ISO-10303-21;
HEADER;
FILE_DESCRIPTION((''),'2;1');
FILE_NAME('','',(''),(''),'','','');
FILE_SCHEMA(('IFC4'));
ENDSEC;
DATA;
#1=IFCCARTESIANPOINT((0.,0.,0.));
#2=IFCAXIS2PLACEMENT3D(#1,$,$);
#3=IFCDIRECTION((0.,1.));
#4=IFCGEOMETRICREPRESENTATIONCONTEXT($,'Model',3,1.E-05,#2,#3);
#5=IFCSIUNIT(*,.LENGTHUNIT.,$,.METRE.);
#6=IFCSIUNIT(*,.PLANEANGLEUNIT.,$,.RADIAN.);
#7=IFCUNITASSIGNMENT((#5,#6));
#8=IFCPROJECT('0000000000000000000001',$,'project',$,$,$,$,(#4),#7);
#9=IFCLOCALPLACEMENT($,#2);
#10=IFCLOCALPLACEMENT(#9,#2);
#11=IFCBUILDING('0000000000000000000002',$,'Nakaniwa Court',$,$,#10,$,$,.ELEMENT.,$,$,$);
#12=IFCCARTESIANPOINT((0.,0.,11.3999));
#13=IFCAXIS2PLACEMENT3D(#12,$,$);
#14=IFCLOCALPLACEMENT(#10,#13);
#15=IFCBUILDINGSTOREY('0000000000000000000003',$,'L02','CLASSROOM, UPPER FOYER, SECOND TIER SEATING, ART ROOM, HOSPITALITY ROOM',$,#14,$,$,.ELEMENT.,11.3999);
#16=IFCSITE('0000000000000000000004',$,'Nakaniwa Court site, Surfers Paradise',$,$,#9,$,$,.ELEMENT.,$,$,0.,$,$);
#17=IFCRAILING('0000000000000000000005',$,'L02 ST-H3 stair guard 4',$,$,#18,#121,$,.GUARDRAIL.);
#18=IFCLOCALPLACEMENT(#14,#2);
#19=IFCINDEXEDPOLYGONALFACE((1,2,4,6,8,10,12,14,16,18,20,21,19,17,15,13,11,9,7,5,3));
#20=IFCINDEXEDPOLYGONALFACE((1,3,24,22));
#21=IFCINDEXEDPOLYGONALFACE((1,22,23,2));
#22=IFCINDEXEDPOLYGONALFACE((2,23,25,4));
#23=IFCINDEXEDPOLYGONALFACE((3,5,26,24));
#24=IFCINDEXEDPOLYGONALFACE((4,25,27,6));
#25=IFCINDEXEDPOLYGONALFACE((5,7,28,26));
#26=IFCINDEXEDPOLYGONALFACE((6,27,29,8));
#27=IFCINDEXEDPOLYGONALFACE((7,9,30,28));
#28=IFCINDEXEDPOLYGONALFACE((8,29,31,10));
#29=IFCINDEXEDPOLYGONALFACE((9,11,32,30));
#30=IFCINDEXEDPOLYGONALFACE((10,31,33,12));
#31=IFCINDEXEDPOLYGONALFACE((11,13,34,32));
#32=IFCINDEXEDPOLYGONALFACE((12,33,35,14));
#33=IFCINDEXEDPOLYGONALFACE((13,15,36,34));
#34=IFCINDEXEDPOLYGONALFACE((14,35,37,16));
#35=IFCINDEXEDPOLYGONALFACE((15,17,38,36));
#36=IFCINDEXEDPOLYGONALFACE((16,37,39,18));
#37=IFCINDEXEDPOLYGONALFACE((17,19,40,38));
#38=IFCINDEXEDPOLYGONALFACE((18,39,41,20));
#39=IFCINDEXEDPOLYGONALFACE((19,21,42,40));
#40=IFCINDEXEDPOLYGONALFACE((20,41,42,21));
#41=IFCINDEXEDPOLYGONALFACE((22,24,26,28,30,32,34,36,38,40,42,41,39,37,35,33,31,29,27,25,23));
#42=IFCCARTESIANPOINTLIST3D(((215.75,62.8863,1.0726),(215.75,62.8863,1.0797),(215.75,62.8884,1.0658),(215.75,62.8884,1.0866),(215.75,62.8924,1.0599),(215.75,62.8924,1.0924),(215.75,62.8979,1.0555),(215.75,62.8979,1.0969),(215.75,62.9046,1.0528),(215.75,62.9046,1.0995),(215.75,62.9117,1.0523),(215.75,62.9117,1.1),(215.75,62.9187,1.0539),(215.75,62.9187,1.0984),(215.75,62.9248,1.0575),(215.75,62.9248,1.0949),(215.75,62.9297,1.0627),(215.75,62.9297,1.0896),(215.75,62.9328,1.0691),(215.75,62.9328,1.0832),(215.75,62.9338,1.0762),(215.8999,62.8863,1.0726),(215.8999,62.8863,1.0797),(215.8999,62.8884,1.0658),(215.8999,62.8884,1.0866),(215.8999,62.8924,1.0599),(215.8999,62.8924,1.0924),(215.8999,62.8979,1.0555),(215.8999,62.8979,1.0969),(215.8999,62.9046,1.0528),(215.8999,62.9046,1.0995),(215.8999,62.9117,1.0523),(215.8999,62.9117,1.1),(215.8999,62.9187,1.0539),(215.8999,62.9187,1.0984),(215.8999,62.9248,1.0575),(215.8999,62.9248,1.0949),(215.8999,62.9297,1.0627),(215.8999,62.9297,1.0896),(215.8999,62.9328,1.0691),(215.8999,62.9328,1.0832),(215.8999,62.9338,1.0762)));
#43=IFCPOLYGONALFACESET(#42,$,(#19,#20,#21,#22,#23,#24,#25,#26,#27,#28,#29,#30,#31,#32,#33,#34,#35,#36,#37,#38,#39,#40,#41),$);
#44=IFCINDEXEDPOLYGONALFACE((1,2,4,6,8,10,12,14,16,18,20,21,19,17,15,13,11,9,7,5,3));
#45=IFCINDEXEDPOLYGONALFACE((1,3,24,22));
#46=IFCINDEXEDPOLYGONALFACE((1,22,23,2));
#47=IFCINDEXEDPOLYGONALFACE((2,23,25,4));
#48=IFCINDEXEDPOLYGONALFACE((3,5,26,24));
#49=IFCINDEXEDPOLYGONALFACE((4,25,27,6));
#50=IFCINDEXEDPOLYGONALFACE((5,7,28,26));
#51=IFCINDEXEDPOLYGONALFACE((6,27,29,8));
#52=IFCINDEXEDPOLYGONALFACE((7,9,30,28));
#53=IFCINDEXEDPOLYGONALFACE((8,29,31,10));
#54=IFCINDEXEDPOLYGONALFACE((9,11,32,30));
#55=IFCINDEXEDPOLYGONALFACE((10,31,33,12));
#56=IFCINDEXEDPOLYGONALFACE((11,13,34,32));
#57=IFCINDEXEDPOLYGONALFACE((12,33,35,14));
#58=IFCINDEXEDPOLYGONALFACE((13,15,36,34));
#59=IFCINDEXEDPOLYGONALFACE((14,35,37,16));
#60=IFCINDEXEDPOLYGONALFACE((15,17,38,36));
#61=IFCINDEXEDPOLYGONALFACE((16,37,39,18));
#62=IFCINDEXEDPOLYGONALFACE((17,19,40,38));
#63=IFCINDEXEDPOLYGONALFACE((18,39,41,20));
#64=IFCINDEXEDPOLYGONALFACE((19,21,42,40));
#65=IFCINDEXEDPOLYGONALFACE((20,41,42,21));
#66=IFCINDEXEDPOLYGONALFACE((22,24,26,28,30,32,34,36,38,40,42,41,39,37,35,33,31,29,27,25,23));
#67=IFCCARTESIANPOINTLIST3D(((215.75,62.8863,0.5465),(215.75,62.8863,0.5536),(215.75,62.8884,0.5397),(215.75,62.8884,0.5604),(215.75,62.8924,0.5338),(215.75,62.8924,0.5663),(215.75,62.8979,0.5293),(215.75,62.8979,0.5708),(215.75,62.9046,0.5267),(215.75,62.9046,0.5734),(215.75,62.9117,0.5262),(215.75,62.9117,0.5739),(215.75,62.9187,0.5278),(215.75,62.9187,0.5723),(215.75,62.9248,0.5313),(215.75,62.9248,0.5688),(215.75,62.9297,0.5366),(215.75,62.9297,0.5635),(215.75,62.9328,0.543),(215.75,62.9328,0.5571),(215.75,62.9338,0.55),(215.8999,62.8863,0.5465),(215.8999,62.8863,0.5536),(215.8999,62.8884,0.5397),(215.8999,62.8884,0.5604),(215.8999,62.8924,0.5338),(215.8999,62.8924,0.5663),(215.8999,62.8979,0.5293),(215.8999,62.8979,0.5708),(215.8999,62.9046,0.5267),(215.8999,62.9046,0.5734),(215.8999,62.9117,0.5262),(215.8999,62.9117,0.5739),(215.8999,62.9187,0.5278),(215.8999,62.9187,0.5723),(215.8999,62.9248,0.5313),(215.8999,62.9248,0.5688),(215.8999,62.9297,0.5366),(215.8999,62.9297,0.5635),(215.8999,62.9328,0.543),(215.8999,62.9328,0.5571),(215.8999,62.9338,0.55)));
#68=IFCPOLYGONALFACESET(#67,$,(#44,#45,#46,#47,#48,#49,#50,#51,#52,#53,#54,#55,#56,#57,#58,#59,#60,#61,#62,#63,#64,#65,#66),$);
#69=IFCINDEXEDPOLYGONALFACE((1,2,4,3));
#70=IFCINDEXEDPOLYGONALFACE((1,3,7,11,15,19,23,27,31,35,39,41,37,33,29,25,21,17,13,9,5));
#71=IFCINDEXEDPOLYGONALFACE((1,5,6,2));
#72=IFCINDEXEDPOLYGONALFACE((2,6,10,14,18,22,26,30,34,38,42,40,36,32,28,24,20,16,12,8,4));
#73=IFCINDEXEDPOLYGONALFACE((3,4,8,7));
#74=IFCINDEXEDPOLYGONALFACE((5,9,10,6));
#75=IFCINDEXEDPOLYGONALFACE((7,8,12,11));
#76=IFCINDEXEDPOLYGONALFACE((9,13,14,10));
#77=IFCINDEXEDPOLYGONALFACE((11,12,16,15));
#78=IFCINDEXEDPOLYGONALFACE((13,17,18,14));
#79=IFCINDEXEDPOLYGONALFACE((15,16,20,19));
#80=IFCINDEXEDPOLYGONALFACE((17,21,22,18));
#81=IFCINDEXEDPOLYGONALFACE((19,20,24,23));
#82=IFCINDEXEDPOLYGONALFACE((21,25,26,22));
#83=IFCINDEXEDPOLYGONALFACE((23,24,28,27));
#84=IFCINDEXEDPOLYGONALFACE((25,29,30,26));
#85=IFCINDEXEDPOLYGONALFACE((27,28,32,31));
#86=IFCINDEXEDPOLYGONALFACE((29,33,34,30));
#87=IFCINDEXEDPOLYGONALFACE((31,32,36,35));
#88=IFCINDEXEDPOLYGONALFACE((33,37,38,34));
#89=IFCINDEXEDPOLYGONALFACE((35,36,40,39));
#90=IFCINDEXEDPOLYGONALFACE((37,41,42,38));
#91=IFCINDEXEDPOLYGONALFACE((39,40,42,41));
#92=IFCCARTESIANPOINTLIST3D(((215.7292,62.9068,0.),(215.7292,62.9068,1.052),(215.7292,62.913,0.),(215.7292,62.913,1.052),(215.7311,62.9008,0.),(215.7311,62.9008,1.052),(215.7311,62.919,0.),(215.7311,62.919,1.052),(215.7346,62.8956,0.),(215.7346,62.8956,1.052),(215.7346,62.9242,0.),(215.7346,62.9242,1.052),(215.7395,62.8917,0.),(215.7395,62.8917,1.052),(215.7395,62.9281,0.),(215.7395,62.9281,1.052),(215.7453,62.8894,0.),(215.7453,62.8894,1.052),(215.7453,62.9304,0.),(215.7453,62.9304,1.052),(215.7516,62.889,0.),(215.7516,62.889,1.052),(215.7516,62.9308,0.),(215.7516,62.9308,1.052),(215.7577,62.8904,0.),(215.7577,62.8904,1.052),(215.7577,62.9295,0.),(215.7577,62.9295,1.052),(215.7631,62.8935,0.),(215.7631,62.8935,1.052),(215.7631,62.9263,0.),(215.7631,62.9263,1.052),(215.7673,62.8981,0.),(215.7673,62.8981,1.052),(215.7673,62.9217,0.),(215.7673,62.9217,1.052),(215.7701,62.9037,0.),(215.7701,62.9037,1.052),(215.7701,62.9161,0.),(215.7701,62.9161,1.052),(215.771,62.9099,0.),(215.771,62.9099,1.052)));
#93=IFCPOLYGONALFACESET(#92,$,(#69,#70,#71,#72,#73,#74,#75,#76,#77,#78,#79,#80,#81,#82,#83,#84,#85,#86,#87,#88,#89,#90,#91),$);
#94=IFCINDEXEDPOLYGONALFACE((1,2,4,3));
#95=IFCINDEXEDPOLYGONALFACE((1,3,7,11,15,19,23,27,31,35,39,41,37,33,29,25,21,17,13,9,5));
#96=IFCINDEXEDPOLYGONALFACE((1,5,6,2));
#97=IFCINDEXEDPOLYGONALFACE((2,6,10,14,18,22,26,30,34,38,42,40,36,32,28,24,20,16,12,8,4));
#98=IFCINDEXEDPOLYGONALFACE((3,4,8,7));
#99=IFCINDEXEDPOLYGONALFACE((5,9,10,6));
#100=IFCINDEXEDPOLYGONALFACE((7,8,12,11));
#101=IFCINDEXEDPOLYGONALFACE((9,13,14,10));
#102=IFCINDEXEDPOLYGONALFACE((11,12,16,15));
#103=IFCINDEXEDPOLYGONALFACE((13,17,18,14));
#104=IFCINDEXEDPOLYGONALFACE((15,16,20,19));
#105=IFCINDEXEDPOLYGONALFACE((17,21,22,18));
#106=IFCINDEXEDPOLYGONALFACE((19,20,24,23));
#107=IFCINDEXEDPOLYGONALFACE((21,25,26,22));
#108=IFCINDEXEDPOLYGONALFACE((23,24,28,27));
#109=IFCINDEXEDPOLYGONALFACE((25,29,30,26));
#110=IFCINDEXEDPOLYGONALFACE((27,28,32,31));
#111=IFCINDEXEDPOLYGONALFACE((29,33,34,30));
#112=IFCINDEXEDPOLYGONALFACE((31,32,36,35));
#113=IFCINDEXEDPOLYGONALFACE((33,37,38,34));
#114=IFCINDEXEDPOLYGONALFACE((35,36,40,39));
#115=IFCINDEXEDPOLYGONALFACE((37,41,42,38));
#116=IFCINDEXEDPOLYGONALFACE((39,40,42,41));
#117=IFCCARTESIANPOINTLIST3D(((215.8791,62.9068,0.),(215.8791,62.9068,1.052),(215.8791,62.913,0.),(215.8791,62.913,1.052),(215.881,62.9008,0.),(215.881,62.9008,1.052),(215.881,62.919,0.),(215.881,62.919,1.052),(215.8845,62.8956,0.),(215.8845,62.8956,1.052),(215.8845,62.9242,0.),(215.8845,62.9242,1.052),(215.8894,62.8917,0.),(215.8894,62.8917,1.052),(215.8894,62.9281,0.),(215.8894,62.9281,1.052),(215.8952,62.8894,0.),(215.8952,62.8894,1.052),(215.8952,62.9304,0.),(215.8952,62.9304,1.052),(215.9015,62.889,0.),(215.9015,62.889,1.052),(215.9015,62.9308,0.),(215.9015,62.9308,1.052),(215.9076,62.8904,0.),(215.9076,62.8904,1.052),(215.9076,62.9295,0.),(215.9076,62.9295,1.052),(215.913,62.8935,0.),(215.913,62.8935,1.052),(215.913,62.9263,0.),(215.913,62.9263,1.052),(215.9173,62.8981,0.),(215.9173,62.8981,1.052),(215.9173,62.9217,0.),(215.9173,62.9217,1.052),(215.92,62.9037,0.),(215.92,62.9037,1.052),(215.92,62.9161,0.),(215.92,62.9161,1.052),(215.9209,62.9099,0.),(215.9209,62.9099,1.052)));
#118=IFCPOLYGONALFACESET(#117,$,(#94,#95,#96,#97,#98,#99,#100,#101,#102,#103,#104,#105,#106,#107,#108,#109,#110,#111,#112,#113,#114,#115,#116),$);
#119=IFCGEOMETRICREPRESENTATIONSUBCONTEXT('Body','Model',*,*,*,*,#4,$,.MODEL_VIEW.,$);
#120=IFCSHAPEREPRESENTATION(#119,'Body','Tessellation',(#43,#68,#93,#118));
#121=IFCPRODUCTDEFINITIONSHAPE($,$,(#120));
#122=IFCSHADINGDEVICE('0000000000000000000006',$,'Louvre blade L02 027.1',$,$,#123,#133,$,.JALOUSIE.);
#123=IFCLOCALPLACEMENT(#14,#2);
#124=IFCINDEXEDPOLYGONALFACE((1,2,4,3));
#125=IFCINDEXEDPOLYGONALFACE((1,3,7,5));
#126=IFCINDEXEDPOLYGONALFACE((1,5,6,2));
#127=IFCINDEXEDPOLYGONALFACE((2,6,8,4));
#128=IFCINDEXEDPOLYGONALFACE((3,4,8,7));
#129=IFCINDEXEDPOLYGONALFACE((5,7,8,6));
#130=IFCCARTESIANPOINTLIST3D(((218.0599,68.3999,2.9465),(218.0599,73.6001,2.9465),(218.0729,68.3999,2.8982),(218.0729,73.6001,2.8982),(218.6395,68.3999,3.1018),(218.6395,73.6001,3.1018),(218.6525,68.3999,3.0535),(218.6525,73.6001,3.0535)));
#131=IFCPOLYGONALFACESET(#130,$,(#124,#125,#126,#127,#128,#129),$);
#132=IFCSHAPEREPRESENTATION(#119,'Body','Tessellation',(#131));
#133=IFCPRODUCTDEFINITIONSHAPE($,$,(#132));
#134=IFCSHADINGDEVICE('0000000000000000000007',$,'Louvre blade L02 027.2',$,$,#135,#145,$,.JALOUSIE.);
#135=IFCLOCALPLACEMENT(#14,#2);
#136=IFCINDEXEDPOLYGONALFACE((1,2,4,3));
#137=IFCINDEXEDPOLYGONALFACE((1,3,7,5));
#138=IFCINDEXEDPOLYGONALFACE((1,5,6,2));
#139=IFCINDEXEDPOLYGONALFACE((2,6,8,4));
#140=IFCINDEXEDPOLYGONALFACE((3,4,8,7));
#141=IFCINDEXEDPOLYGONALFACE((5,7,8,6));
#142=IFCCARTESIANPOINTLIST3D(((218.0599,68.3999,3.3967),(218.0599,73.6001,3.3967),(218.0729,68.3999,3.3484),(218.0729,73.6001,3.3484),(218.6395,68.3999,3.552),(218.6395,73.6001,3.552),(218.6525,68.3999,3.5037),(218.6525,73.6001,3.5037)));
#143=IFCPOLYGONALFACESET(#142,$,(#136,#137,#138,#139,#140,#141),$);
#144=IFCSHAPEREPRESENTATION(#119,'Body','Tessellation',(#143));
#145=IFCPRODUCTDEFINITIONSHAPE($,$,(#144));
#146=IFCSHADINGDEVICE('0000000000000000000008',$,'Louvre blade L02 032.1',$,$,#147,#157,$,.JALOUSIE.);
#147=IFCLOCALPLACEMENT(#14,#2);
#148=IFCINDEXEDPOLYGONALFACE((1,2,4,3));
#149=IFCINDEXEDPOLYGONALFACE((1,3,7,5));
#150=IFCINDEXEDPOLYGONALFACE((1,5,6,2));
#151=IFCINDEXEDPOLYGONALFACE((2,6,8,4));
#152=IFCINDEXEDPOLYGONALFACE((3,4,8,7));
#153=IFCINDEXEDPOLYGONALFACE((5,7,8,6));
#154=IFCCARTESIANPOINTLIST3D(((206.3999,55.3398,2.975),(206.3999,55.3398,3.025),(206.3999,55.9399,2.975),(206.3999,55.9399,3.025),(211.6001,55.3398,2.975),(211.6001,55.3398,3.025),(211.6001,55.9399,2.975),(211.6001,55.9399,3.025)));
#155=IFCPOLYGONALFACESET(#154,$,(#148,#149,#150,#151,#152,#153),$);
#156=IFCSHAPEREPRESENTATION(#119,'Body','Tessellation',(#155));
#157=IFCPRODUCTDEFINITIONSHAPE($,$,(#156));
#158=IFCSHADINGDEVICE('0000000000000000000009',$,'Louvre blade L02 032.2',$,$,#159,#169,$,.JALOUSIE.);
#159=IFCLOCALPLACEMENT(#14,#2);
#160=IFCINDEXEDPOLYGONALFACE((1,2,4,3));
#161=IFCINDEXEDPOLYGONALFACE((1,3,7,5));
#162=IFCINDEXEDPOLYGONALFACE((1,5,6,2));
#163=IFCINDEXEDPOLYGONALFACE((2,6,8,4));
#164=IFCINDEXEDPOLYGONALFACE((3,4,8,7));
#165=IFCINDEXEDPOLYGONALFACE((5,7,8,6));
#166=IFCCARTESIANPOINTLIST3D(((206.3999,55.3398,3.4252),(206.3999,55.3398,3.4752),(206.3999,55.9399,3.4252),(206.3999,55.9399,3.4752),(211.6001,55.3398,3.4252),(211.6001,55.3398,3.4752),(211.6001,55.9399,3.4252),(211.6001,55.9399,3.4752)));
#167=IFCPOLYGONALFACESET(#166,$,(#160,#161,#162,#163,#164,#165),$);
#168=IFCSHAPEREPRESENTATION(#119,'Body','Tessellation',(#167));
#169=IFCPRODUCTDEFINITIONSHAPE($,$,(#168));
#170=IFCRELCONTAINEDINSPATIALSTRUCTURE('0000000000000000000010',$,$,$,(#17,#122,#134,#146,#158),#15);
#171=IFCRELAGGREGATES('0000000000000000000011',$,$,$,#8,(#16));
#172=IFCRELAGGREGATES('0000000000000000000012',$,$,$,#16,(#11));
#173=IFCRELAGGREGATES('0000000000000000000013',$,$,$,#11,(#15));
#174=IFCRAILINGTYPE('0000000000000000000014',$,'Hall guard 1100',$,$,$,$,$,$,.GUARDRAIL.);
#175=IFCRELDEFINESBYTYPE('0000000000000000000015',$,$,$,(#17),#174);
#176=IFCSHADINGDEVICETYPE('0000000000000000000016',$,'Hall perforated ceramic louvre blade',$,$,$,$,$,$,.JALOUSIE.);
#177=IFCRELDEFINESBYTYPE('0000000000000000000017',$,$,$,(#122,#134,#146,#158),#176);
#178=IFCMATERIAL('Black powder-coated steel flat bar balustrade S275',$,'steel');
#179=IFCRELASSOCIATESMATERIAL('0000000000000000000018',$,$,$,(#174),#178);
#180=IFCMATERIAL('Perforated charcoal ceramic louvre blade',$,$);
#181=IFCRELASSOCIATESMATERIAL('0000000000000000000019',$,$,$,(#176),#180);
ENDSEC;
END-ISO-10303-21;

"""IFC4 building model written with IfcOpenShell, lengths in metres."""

from ifc_helpers import new_model, si_unit, direction, frame, origin, origin_2d, place, context, subcontext, project, spatial, rectangle, circle, extrude, material, material_profile, profile_set, type_object, element, save


model = new_model("IFC4")

# Units and contexts
model_context = context("Model", 3, precision=1e-05, world=origin(), true_north=direction((0.0, 1.0)))
body_context = subcontext(model_context, "Body", "Model", "MODEL_VIEW")
ifc_project = project(units=[si_unit("LENGTHUNIT", "METRE"), si_unit("PLANEANGLEUNIT", "RADIAN")], contexts=[model_context])

# Site, building, storey
site_placement = place(None, origin())
site = spatial("IfcSite", under=ifc_project, at=site_placement, Name="Nakaniwa Court site, Surfers Paradise", CompositionType="ELEMENT", RefElevation=0.0)
building_placement = place(site_placement, origin())
building = spatial("IfcBuilding", under=site, at=building_placement, Name="Nakaniwa Court", CompositionType="ELEMENT")
storey_placement = place(building_placement, frame((0.0, 0.0, 11.3999)))
storey = spatial("IfcBuildingStorey", under=building, at=storey_placement, Name="L02", Description="CLASSROOM, UPPER FOYER, SECOND TIER SEATING, ART ROOM, HOSPITALITY ROOM", CompositionType="ELEMENT", Elevation=11.3999)

# Railing
ifc_material_1 = material(Name="Black powder-coated steel flat bar balustrade S275", Category="steel")
railing_type_1 = type_object("IfcRailingType", Name="Hall guard 1100", PredefinedType="GUARDRAIL", material=ifc_material_1)
railing_1_placement = place(storey_placement, frame((215.75, 62.9099, 0.0)))
element("IfcRailing", 1, at=railing_1_placement, inside=storey, type_object=railing_type_1, Name="L02 ST-H3 stair guard 4", PredefinedType="GUARDRAIL", context=body_context, shape_type="SweptSolid", body=[
    extrude(circle(Radius=0.0239, at=origin_2d()), frame((0.0, 0.0, 1.0762), z_axis=(1.0, 0.0, 0.0), x_axis=(0.0, 1.0, 0.0)), (0.0, 0.0, 1.0), 0.1499),
    extrude(circle(Radius=0.0239, at=origin_2d()), frame((0.0, 0.0, 0.55), z_axis=(1.0, 0.0, 0.0), x_axis=(0.0, 1.0, 0.0)), (0.0, 0.0, 1.0), 0.1499),
    extrude(circle(Radius=0.021, at=origin_2d()), origin(), (0.0, 0.0, 1.0), 1.052),
    extrude(circle(Radius=0.021, at=origin_2d()), frame((0.1499, 0.0, 0.0)), (0.0, 0.0, 1.0), 1.052),
])

# Shading devices
ifc_material_2 = material(Name="Perforated charcoal ceramic louvre blade")
ifc_material_profile_1 = material_profile(ifc_material_2, rectangle(XDim=0.6001, YDim=0.05, at=origin_2d()), Name="Hall perforated ceramic louvre blade")
ifc_profile_set_1 = profile_set([ifc_material_profile_1], Name="Perforated charcoal ceramic louvre blade")
shading_device_type = type_object("IfcShadingDeviceType", Name="Hall perforated ceramic louvre blade", PredefinedType="JALOUSIE", material=ifc_profile_set_1)
for number, where, z_axis, x_axis, name in (
    (2, (218.3562, 73.6001, 3.0), (0.0, -1.0, 0.0), (0.965926, 0.0, 0.258819), "Louvre blade L02 027.1"),
    (3, (218.3562, 73.6001, 3.4502), (0.0, -1.0, 0.0), (0.965926, 0.0, 0.258819), "Louvre blade L02 027.2"),
    (4, (211.6001, 55.6399, 3.0), (-1.0, 0.0, 0.0), (0.0, -1.0, 0.0), "Louvre blade L02 032.1"),
    (5, (211.6001, 55.6399, 3.4502), (-1.0, 0.0, 0.0), (0.0, -1.0, 0.0), "Louvre blade L02 032.2"),
):
    element("IfcShadingDevice", number, at=place(storey_placement, frame(where, z_axis=z_axis, x_axis=x_axis)), inside=storey, type_object=shading_device_type, Name=name, PredefinedType="JALOUSIE", context=body_context, shape_type="SweptSolid", body=[
        extrude(rectangle(XDim=0.6001, YDim=0.05, at=origin_2d()), origin(), (0.0, 0.0, 1.0), 5.2002),
    ])

save(model, "model.ifc")
